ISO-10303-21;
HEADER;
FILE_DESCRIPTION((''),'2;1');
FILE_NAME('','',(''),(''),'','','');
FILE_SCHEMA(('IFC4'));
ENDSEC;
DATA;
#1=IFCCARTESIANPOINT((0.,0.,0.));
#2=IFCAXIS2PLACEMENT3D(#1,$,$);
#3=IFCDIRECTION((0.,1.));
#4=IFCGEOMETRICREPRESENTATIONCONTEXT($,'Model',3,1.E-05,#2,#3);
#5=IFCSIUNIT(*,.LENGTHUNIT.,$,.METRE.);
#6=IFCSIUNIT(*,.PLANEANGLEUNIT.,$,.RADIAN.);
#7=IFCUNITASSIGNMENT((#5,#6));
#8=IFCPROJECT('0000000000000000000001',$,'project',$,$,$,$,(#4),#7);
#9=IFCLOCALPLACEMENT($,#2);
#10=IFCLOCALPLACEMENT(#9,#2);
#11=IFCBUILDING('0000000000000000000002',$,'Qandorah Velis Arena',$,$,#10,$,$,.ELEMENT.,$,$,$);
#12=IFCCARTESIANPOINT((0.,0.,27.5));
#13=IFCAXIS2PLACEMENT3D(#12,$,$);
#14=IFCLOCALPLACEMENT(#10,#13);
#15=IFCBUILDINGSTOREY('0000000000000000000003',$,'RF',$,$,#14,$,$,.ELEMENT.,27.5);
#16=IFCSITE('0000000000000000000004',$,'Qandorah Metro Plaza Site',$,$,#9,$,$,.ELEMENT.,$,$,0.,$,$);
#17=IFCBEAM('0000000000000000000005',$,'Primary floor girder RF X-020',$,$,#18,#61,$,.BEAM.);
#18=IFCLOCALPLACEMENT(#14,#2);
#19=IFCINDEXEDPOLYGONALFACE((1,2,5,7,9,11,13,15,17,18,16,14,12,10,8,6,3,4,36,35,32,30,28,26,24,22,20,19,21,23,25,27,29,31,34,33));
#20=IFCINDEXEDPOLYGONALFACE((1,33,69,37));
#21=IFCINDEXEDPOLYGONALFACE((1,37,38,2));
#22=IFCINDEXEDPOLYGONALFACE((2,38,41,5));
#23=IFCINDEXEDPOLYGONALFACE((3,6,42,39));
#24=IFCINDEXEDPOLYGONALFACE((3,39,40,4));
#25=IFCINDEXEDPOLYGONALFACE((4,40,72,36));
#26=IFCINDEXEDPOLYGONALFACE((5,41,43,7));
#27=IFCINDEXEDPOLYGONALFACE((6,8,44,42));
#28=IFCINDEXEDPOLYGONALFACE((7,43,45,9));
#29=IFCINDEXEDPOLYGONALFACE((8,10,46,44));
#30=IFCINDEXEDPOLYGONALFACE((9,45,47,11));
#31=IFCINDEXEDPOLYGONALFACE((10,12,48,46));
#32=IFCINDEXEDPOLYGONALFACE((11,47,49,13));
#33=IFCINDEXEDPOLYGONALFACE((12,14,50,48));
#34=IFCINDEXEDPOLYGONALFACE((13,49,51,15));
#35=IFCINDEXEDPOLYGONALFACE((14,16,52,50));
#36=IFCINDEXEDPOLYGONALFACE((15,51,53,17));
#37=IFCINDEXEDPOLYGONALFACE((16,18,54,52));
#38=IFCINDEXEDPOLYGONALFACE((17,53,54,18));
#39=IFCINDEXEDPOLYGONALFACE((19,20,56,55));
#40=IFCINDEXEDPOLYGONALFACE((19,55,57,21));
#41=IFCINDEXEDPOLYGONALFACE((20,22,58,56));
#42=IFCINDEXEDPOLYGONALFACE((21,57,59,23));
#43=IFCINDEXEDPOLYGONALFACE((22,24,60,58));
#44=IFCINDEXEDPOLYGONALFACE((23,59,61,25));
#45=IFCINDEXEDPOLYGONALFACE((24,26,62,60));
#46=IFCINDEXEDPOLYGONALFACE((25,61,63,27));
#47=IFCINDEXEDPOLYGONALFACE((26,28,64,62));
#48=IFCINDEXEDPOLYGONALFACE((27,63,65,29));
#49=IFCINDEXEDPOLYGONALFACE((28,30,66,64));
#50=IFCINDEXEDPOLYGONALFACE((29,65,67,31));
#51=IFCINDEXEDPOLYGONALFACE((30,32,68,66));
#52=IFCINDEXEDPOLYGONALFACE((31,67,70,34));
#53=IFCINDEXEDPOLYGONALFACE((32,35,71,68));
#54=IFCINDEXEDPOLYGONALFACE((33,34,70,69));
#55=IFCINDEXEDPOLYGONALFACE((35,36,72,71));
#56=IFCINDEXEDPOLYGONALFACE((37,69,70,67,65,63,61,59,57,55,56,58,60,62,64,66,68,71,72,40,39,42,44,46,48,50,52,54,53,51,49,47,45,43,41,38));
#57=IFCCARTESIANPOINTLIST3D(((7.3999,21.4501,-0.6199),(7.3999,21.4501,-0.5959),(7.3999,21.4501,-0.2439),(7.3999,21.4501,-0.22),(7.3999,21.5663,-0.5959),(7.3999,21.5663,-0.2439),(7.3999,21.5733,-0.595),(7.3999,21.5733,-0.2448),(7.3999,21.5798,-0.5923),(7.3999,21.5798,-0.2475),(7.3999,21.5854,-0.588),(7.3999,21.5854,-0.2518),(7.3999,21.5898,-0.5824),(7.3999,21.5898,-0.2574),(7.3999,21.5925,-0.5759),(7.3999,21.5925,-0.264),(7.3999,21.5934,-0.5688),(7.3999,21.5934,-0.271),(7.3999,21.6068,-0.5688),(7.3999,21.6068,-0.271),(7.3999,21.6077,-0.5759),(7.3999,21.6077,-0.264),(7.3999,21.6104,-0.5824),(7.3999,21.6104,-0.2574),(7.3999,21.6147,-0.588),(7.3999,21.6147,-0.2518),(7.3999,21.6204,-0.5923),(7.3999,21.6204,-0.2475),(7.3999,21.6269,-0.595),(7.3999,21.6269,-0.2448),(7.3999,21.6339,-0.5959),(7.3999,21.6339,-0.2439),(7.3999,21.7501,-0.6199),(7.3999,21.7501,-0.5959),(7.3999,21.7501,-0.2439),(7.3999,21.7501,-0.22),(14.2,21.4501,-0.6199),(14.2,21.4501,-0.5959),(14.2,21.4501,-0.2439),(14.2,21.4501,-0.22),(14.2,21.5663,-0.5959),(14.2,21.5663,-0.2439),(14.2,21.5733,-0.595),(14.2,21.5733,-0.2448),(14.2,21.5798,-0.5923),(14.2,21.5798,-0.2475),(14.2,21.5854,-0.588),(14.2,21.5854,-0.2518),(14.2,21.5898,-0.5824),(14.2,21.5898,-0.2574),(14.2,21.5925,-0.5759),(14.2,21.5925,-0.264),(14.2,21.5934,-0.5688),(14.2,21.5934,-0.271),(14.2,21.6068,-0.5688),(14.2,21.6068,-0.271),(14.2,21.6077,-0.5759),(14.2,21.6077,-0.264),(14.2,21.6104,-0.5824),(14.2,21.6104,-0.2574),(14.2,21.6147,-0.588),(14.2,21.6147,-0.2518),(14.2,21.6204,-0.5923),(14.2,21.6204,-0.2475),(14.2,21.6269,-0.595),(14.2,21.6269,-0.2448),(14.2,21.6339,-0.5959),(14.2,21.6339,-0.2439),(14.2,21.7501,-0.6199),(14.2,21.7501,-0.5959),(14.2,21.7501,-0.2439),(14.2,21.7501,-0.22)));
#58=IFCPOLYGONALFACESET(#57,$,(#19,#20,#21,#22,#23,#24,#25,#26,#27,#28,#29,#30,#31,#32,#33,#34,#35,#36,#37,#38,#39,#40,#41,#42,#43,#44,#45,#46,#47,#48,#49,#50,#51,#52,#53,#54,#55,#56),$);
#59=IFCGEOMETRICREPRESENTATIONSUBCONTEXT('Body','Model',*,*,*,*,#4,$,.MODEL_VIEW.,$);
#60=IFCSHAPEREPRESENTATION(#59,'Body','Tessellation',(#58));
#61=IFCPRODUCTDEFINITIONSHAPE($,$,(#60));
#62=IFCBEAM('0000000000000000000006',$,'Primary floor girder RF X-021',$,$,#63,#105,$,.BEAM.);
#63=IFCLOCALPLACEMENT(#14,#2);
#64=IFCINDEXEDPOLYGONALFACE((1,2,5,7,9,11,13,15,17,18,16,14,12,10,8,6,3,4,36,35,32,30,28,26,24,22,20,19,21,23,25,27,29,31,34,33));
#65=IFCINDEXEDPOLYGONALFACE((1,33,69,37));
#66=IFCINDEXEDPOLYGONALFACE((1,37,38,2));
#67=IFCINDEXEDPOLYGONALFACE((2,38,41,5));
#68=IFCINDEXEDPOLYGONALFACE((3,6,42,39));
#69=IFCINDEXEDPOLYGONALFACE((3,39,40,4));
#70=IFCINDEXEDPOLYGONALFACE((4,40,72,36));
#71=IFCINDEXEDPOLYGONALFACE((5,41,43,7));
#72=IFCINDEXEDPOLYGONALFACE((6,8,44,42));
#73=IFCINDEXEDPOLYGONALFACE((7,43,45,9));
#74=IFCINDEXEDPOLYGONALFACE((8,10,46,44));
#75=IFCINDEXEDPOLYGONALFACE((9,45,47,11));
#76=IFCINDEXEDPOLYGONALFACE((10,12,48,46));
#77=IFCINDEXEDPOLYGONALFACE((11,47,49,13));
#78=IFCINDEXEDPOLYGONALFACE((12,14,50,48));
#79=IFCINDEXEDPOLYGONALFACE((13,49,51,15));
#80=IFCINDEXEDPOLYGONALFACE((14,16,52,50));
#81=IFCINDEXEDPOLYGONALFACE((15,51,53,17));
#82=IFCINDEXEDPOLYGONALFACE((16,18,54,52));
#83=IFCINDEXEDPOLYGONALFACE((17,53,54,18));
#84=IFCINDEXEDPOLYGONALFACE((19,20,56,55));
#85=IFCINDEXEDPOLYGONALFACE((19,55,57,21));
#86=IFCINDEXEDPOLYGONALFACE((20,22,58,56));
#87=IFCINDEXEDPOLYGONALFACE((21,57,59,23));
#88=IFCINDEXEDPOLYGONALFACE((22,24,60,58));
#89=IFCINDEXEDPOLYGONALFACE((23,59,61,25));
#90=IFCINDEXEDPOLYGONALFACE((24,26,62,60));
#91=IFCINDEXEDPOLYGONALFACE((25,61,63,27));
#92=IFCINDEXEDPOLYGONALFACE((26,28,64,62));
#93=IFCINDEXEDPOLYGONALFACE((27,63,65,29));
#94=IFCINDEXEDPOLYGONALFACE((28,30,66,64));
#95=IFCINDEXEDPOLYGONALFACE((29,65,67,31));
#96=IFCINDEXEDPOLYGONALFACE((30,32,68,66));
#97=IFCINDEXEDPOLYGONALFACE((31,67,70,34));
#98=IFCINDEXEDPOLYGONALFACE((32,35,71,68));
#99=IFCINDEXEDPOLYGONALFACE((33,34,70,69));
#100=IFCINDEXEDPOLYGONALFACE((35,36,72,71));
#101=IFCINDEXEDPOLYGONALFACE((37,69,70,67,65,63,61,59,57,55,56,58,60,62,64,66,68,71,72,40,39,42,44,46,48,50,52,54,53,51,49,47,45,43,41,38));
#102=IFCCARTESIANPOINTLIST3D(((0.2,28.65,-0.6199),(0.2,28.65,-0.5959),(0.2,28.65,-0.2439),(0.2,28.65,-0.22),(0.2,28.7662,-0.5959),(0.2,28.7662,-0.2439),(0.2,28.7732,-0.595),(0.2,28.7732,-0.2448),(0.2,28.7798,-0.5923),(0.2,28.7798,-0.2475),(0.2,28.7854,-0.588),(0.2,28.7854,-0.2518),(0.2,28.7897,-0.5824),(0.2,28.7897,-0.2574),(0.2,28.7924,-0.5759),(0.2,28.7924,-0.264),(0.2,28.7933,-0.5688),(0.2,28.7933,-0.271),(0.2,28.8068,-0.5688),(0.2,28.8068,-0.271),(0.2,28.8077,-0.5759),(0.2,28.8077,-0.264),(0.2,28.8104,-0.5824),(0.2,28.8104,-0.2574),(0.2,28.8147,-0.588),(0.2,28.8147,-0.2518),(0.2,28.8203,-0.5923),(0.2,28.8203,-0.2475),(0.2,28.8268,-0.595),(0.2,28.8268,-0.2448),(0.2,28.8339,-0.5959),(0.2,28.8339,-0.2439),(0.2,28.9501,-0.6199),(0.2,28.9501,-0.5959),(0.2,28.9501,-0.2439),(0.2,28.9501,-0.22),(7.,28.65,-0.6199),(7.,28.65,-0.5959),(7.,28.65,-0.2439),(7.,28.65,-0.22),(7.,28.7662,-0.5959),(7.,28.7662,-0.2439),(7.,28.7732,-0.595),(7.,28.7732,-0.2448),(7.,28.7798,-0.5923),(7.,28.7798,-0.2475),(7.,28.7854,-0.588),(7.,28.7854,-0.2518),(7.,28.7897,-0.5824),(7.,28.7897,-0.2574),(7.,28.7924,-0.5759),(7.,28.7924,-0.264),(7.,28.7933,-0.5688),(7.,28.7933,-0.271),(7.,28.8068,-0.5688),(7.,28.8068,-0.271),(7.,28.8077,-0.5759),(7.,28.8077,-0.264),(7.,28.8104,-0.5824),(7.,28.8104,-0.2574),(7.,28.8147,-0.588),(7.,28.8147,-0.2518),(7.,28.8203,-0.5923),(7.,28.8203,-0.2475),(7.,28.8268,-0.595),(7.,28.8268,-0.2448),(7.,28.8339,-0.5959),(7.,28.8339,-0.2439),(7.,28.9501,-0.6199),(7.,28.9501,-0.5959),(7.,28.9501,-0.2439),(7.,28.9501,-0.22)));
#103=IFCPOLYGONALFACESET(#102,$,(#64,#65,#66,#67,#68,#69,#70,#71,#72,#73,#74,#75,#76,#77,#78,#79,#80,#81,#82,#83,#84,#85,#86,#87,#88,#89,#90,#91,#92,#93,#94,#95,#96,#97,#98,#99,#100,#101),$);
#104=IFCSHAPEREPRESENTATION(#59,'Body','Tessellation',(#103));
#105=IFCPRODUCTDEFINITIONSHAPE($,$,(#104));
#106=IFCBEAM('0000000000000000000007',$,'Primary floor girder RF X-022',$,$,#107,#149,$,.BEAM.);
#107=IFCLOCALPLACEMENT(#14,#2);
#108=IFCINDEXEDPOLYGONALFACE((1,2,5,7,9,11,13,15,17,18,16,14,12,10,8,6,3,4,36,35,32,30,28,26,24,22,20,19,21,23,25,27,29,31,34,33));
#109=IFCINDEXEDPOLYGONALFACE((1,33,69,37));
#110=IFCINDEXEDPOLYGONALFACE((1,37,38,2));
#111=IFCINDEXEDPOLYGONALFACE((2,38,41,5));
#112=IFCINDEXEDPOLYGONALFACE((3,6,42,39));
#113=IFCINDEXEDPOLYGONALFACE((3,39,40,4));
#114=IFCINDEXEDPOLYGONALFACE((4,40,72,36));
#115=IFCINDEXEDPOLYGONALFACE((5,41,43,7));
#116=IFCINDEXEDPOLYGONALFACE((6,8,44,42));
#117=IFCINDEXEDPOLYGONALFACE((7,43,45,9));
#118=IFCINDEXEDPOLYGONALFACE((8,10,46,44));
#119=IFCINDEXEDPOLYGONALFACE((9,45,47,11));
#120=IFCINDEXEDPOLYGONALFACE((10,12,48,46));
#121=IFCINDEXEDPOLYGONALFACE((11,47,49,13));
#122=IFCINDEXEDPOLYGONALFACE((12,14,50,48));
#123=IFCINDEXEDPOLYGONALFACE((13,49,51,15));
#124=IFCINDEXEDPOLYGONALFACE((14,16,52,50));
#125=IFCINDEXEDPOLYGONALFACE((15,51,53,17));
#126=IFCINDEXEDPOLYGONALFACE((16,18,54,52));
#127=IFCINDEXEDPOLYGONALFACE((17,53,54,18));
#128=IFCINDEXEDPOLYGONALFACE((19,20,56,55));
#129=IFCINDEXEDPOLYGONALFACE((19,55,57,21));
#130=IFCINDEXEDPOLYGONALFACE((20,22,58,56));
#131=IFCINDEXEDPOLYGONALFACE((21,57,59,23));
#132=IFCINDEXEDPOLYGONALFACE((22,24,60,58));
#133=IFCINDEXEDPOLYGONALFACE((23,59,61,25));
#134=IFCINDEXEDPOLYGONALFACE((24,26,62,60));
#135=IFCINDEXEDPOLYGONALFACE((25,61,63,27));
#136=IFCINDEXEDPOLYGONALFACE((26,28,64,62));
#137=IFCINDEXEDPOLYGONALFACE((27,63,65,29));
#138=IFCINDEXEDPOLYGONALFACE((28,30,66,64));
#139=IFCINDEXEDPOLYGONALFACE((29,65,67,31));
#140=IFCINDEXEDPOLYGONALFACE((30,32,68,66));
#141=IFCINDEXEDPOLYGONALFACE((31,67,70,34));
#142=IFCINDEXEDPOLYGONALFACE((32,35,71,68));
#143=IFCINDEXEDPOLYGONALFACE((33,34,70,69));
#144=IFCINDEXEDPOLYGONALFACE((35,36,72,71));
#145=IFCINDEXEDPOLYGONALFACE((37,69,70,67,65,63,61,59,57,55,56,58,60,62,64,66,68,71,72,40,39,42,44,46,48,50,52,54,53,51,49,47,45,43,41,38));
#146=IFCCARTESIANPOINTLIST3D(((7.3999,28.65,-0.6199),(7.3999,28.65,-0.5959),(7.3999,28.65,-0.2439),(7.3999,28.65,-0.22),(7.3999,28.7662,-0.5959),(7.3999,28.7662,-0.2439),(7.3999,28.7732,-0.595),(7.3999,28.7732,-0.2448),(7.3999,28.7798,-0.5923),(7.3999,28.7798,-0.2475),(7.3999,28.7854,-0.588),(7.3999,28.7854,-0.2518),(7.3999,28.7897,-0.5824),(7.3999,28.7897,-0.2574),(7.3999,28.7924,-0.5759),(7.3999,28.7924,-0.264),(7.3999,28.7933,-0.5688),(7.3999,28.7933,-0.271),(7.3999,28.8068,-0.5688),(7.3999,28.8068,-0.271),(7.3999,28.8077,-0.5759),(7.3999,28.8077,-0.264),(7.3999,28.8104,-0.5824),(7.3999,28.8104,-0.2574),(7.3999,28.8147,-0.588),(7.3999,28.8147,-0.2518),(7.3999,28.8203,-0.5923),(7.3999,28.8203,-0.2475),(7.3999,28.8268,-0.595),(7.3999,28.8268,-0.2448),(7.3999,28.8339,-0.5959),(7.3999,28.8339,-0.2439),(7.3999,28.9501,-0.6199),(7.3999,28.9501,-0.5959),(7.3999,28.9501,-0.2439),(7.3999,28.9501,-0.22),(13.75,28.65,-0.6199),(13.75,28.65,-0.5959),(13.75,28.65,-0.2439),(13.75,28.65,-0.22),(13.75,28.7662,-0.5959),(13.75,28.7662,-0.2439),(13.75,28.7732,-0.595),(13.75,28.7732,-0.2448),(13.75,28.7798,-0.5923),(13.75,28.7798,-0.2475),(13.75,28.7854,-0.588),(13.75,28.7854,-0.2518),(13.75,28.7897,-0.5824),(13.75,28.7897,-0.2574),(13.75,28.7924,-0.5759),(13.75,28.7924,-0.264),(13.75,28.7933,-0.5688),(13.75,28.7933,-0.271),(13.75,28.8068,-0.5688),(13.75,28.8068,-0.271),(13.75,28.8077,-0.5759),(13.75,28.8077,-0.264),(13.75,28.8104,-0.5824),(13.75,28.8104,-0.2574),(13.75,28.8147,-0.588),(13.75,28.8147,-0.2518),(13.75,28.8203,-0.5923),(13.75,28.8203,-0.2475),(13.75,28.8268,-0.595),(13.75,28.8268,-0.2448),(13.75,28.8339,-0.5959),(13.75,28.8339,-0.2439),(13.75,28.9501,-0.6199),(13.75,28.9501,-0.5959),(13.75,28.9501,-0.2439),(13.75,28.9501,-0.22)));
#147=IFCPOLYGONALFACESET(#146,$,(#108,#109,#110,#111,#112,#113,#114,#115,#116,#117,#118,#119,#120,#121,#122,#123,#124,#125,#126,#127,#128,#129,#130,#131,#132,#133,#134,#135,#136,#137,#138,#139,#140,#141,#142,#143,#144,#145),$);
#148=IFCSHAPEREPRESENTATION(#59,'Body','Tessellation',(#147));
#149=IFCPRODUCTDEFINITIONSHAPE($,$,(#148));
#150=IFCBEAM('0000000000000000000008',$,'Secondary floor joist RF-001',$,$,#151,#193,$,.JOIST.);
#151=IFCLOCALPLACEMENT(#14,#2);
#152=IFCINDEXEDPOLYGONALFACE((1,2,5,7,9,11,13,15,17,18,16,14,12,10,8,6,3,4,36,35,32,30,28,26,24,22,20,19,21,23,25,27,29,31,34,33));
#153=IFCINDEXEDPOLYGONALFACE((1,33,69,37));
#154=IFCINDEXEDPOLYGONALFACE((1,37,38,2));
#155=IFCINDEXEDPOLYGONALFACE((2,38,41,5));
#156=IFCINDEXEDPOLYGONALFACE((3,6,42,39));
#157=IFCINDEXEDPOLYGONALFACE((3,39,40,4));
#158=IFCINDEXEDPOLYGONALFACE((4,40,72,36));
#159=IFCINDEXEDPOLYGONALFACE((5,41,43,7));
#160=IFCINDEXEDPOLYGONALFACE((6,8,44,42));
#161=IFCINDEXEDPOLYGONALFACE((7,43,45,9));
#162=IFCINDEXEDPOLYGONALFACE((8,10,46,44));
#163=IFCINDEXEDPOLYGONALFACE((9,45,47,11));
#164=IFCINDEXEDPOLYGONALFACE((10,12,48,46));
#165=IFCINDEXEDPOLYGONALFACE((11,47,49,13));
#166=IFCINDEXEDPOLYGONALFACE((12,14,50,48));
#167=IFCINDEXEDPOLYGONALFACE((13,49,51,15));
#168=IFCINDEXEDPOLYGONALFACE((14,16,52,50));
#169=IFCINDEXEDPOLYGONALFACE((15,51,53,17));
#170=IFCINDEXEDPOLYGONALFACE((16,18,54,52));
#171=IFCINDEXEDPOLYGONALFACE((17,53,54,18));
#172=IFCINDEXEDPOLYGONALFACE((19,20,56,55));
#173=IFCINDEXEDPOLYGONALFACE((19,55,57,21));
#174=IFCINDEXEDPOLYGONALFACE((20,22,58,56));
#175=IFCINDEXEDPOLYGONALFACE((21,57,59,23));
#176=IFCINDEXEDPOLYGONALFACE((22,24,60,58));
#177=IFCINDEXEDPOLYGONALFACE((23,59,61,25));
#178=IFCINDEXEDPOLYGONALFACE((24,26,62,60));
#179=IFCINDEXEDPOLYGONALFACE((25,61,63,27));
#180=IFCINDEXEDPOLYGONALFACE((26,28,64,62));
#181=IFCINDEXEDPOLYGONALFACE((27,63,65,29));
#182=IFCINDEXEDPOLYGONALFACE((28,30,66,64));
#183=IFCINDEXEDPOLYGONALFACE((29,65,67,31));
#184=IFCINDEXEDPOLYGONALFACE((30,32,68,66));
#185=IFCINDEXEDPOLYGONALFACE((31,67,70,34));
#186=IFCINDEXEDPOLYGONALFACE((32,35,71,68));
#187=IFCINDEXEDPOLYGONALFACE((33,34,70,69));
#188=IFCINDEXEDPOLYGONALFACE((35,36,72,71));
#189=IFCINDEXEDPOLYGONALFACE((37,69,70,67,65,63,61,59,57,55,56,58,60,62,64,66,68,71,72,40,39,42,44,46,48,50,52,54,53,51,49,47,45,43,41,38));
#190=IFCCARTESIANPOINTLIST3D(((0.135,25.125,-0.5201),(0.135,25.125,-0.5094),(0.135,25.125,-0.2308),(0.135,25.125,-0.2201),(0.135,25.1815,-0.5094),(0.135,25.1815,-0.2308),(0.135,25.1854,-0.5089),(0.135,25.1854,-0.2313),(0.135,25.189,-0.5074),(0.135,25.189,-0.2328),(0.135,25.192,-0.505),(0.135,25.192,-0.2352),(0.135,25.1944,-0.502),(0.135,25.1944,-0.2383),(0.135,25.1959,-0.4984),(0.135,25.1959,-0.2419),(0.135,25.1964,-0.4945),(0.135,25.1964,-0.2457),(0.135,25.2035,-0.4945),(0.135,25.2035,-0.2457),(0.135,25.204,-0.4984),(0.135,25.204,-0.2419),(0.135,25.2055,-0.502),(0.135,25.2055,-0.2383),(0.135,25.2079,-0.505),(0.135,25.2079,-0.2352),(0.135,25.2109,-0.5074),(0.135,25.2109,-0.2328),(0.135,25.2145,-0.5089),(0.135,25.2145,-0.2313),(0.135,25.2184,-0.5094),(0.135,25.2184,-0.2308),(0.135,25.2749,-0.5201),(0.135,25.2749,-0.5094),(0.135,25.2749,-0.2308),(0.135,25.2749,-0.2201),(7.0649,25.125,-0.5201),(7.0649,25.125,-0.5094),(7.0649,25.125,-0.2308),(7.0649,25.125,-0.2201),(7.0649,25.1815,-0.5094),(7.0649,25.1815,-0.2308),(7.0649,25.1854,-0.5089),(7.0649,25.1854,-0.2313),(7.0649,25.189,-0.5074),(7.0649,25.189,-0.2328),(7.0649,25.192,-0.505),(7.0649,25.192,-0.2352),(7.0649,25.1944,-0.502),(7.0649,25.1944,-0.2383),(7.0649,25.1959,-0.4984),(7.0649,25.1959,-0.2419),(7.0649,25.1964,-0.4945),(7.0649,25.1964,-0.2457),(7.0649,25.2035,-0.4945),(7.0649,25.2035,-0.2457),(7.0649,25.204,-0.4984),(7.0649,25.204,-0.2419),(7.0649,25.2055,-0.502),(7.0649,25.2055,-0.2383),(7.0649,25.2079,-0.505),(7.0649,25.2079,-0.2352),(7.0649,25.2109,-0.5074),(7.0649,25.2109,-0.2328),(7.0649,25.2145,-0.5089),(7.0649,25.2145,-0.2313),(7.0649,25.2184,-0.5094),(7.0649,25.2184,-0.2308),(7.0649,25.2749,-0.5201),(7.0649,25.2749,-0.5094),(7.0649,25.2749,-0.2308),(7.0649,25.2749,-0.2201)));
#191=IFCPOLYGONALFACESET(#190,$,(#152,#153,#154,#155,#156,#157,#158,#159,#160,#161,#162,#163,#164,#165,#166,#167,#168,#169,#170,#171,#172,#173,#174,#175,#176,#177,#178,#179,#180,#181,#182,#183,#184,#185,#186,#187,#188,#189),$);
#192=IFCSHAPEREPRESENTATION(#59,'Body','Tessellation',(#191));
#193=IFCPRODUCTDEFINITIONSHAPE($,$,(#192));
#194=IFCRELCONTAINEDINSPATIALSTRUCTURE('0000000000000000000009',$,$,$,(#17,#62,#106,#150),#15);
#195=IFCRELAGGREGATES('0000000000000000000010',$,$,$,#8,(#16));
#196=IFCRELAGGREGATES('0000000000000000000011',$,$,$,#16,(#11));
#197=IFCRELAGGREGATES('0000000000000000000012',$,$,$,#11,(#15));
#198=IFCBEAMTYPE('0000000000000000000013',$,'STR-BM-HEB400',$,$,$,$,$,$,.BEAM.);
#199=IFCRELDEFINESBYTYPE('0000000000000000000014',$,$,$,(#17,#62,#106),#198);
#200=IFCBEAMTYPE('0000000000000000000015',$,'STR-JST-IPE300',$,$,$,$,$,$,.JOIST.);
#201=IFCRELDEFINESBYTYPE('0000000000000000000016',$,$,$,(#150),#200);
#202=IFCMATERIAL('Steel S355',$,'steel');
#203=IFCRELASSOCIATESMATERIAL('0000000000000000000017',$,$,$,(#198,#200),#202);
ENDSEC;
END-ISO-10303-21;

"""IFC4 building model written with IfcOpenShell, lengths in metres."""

from ifc_helpers import new_model, si_unit, direction, frame, origin, origin_2d, place, context, subcontext, project, spatial, i_section, extrude, material, material_profile, profile_set, type_object, element, save


model = new_model("IFC4")

# Units and contexts
model_context = context("Model", 3, precision=1e-05, world=origin(), true_north=direction((0.0, 1.0)))
body_context = subcontext(model_context, "Body", "Model", "MODEL_VIEW")
ifc_project = project(units=[si_unit("LENGTHUNIT", "METRE"), si_unit("PLANEANGLEUNIT", "RADIAN")], contexts=[model_context])

# Site, building, storey
site_placement = place(None, origin())
site = spatial("IfcSite", under=ifc_project, at=site_placement, Name="Qandorah Metro Plaza Site", CompositionType="ELEMENT", RefElevation=0.0)
building_placement = place(site_placement, origin())
building = spatial("IfcBuilding", under=site, at=building_placement, Name="Qandorah Velis Arena", CompositionType="ELEMENT")
storey_placement = place(building_placement, frame((0.0, 0.0, 27.5)))
storey = spatial("IfcBuildingStorey", under=building, at=storey_placement, Name="RF", CompositionType="ELEMENT", Elevation=27.5)

# Beams
ifc_material_1 = material(Name="Steel S355", Category="steel")
ifc_material_profile_1 = material_profile(ifc_material_1, i_section(OverallWidth=0.3, OverallDepth=0.3999, WebThickness=0.0134, FlangeThickness=0.0239, FilletRadius=0.0271, at=origin_2d()), Name="HEB 400")
ifc_profile_set_1 = profile_set([ifc_material_profile_1], Name="Steel S355")
beam_type_1 = type_object("IfcBeamType", Name="STR-BM-HEB400", PredefinedType="BEAM", material=ifc_profile_set_1)
for number, where, z_axis, x_axis, name in (
    (1, (7.3999, 21.6001, -0.4199), (1.0, 0.0, 0.0), (0.0, 1.0, 0.0), "Primary floor girder RF X-020"),
    (2, (0.2, 28.8, -0.4199), (1.0, 0.0, 0.0), (0.0, 1.0, 0.0), "Primary floor girder RF X-021"),
):
    element("IfcBeam", number, at=place(storey_placement, frame(where, z_axis=z_axis, x_axis=x_axis)), inside=storey, type_object=beam_type_1, Name=name, PredefinedType="BEAM", context=body_context, shape_type="SweptSolid", body=[
        extrude(i_section(OverallWidth=0.3, OverallDepth=0.3999, WebThickness=0.0134, FlangeThickness=0.0239, FilletRadius=0.0271, at=origin_2d()), origin(), (0.0, 0.0, 1.0), 6.8),
    ])
beam_1_placement = place(storey_placement, frame((7.3999, 28.8, -0.4199), z_axis=(1.0, 0.0, 0.0), x_axis=(0.0, 1.0, 0.0)))
element("IfcBeam", 3, at=beam_1_placement, inside=storey, type_object=beam_type_1, Name="Primary floor girder RF X-022", PredefinedType="BEAM", context=body_context, shape_type="SweptSolid", body=[
    extrude(i_section(OverallWidth=0.3, OverallDepth=0.3999, WebThickness=0.0134, FlangeThickness=0.0239, FilletRadius=0.0271, at=origin_2d()), origin(), (0.0, 0.0, 1.0), 6.3501),
])
ifc_material_profile_2 = material_profile(ifc_material_1, i_section(OverallWidth=0.1499, OverallDepth=0.3, WebThickness=0.0071, FlangeThickness=0.0107, FilletRadius=0.0149, at=origin_2d()), Name="IPE 300")
ifc_profile_set_2 = profile_set([ifc_material_profile_2], Name="Steel S355")
beam_type_2 = type_object("IfcBeamType", Name="STR-JST-IPE300", PredefinedType="JOIST", material=ifc_profile_set_2)
beam_2_placement = place(storey_placement, frame((0.135, 25.2, -0.3701), z_axis=(1.0, 0.0, 0.0), x_axis=(0.0, 1.0, 0.0)))
element("IfcBeam", 4, at=beam_2_placement, inside=storey, type_object=beam_type_2, Name="Secondary floor joist RF-001", PredefinedType="JOIST", context=body_context, shape_type="SweptSolid", body=[
    extrude(i_section(OverallWidth=0.1499, OverallDepth=0.3, WebThickness=0.0071, FlangeThickness=0.0107, FilletRadius=0.0149, at=origin_2d()), origin(), (0.0, 0.0, 1.0), 6.9299),
])

save(model, "model.ifc")
